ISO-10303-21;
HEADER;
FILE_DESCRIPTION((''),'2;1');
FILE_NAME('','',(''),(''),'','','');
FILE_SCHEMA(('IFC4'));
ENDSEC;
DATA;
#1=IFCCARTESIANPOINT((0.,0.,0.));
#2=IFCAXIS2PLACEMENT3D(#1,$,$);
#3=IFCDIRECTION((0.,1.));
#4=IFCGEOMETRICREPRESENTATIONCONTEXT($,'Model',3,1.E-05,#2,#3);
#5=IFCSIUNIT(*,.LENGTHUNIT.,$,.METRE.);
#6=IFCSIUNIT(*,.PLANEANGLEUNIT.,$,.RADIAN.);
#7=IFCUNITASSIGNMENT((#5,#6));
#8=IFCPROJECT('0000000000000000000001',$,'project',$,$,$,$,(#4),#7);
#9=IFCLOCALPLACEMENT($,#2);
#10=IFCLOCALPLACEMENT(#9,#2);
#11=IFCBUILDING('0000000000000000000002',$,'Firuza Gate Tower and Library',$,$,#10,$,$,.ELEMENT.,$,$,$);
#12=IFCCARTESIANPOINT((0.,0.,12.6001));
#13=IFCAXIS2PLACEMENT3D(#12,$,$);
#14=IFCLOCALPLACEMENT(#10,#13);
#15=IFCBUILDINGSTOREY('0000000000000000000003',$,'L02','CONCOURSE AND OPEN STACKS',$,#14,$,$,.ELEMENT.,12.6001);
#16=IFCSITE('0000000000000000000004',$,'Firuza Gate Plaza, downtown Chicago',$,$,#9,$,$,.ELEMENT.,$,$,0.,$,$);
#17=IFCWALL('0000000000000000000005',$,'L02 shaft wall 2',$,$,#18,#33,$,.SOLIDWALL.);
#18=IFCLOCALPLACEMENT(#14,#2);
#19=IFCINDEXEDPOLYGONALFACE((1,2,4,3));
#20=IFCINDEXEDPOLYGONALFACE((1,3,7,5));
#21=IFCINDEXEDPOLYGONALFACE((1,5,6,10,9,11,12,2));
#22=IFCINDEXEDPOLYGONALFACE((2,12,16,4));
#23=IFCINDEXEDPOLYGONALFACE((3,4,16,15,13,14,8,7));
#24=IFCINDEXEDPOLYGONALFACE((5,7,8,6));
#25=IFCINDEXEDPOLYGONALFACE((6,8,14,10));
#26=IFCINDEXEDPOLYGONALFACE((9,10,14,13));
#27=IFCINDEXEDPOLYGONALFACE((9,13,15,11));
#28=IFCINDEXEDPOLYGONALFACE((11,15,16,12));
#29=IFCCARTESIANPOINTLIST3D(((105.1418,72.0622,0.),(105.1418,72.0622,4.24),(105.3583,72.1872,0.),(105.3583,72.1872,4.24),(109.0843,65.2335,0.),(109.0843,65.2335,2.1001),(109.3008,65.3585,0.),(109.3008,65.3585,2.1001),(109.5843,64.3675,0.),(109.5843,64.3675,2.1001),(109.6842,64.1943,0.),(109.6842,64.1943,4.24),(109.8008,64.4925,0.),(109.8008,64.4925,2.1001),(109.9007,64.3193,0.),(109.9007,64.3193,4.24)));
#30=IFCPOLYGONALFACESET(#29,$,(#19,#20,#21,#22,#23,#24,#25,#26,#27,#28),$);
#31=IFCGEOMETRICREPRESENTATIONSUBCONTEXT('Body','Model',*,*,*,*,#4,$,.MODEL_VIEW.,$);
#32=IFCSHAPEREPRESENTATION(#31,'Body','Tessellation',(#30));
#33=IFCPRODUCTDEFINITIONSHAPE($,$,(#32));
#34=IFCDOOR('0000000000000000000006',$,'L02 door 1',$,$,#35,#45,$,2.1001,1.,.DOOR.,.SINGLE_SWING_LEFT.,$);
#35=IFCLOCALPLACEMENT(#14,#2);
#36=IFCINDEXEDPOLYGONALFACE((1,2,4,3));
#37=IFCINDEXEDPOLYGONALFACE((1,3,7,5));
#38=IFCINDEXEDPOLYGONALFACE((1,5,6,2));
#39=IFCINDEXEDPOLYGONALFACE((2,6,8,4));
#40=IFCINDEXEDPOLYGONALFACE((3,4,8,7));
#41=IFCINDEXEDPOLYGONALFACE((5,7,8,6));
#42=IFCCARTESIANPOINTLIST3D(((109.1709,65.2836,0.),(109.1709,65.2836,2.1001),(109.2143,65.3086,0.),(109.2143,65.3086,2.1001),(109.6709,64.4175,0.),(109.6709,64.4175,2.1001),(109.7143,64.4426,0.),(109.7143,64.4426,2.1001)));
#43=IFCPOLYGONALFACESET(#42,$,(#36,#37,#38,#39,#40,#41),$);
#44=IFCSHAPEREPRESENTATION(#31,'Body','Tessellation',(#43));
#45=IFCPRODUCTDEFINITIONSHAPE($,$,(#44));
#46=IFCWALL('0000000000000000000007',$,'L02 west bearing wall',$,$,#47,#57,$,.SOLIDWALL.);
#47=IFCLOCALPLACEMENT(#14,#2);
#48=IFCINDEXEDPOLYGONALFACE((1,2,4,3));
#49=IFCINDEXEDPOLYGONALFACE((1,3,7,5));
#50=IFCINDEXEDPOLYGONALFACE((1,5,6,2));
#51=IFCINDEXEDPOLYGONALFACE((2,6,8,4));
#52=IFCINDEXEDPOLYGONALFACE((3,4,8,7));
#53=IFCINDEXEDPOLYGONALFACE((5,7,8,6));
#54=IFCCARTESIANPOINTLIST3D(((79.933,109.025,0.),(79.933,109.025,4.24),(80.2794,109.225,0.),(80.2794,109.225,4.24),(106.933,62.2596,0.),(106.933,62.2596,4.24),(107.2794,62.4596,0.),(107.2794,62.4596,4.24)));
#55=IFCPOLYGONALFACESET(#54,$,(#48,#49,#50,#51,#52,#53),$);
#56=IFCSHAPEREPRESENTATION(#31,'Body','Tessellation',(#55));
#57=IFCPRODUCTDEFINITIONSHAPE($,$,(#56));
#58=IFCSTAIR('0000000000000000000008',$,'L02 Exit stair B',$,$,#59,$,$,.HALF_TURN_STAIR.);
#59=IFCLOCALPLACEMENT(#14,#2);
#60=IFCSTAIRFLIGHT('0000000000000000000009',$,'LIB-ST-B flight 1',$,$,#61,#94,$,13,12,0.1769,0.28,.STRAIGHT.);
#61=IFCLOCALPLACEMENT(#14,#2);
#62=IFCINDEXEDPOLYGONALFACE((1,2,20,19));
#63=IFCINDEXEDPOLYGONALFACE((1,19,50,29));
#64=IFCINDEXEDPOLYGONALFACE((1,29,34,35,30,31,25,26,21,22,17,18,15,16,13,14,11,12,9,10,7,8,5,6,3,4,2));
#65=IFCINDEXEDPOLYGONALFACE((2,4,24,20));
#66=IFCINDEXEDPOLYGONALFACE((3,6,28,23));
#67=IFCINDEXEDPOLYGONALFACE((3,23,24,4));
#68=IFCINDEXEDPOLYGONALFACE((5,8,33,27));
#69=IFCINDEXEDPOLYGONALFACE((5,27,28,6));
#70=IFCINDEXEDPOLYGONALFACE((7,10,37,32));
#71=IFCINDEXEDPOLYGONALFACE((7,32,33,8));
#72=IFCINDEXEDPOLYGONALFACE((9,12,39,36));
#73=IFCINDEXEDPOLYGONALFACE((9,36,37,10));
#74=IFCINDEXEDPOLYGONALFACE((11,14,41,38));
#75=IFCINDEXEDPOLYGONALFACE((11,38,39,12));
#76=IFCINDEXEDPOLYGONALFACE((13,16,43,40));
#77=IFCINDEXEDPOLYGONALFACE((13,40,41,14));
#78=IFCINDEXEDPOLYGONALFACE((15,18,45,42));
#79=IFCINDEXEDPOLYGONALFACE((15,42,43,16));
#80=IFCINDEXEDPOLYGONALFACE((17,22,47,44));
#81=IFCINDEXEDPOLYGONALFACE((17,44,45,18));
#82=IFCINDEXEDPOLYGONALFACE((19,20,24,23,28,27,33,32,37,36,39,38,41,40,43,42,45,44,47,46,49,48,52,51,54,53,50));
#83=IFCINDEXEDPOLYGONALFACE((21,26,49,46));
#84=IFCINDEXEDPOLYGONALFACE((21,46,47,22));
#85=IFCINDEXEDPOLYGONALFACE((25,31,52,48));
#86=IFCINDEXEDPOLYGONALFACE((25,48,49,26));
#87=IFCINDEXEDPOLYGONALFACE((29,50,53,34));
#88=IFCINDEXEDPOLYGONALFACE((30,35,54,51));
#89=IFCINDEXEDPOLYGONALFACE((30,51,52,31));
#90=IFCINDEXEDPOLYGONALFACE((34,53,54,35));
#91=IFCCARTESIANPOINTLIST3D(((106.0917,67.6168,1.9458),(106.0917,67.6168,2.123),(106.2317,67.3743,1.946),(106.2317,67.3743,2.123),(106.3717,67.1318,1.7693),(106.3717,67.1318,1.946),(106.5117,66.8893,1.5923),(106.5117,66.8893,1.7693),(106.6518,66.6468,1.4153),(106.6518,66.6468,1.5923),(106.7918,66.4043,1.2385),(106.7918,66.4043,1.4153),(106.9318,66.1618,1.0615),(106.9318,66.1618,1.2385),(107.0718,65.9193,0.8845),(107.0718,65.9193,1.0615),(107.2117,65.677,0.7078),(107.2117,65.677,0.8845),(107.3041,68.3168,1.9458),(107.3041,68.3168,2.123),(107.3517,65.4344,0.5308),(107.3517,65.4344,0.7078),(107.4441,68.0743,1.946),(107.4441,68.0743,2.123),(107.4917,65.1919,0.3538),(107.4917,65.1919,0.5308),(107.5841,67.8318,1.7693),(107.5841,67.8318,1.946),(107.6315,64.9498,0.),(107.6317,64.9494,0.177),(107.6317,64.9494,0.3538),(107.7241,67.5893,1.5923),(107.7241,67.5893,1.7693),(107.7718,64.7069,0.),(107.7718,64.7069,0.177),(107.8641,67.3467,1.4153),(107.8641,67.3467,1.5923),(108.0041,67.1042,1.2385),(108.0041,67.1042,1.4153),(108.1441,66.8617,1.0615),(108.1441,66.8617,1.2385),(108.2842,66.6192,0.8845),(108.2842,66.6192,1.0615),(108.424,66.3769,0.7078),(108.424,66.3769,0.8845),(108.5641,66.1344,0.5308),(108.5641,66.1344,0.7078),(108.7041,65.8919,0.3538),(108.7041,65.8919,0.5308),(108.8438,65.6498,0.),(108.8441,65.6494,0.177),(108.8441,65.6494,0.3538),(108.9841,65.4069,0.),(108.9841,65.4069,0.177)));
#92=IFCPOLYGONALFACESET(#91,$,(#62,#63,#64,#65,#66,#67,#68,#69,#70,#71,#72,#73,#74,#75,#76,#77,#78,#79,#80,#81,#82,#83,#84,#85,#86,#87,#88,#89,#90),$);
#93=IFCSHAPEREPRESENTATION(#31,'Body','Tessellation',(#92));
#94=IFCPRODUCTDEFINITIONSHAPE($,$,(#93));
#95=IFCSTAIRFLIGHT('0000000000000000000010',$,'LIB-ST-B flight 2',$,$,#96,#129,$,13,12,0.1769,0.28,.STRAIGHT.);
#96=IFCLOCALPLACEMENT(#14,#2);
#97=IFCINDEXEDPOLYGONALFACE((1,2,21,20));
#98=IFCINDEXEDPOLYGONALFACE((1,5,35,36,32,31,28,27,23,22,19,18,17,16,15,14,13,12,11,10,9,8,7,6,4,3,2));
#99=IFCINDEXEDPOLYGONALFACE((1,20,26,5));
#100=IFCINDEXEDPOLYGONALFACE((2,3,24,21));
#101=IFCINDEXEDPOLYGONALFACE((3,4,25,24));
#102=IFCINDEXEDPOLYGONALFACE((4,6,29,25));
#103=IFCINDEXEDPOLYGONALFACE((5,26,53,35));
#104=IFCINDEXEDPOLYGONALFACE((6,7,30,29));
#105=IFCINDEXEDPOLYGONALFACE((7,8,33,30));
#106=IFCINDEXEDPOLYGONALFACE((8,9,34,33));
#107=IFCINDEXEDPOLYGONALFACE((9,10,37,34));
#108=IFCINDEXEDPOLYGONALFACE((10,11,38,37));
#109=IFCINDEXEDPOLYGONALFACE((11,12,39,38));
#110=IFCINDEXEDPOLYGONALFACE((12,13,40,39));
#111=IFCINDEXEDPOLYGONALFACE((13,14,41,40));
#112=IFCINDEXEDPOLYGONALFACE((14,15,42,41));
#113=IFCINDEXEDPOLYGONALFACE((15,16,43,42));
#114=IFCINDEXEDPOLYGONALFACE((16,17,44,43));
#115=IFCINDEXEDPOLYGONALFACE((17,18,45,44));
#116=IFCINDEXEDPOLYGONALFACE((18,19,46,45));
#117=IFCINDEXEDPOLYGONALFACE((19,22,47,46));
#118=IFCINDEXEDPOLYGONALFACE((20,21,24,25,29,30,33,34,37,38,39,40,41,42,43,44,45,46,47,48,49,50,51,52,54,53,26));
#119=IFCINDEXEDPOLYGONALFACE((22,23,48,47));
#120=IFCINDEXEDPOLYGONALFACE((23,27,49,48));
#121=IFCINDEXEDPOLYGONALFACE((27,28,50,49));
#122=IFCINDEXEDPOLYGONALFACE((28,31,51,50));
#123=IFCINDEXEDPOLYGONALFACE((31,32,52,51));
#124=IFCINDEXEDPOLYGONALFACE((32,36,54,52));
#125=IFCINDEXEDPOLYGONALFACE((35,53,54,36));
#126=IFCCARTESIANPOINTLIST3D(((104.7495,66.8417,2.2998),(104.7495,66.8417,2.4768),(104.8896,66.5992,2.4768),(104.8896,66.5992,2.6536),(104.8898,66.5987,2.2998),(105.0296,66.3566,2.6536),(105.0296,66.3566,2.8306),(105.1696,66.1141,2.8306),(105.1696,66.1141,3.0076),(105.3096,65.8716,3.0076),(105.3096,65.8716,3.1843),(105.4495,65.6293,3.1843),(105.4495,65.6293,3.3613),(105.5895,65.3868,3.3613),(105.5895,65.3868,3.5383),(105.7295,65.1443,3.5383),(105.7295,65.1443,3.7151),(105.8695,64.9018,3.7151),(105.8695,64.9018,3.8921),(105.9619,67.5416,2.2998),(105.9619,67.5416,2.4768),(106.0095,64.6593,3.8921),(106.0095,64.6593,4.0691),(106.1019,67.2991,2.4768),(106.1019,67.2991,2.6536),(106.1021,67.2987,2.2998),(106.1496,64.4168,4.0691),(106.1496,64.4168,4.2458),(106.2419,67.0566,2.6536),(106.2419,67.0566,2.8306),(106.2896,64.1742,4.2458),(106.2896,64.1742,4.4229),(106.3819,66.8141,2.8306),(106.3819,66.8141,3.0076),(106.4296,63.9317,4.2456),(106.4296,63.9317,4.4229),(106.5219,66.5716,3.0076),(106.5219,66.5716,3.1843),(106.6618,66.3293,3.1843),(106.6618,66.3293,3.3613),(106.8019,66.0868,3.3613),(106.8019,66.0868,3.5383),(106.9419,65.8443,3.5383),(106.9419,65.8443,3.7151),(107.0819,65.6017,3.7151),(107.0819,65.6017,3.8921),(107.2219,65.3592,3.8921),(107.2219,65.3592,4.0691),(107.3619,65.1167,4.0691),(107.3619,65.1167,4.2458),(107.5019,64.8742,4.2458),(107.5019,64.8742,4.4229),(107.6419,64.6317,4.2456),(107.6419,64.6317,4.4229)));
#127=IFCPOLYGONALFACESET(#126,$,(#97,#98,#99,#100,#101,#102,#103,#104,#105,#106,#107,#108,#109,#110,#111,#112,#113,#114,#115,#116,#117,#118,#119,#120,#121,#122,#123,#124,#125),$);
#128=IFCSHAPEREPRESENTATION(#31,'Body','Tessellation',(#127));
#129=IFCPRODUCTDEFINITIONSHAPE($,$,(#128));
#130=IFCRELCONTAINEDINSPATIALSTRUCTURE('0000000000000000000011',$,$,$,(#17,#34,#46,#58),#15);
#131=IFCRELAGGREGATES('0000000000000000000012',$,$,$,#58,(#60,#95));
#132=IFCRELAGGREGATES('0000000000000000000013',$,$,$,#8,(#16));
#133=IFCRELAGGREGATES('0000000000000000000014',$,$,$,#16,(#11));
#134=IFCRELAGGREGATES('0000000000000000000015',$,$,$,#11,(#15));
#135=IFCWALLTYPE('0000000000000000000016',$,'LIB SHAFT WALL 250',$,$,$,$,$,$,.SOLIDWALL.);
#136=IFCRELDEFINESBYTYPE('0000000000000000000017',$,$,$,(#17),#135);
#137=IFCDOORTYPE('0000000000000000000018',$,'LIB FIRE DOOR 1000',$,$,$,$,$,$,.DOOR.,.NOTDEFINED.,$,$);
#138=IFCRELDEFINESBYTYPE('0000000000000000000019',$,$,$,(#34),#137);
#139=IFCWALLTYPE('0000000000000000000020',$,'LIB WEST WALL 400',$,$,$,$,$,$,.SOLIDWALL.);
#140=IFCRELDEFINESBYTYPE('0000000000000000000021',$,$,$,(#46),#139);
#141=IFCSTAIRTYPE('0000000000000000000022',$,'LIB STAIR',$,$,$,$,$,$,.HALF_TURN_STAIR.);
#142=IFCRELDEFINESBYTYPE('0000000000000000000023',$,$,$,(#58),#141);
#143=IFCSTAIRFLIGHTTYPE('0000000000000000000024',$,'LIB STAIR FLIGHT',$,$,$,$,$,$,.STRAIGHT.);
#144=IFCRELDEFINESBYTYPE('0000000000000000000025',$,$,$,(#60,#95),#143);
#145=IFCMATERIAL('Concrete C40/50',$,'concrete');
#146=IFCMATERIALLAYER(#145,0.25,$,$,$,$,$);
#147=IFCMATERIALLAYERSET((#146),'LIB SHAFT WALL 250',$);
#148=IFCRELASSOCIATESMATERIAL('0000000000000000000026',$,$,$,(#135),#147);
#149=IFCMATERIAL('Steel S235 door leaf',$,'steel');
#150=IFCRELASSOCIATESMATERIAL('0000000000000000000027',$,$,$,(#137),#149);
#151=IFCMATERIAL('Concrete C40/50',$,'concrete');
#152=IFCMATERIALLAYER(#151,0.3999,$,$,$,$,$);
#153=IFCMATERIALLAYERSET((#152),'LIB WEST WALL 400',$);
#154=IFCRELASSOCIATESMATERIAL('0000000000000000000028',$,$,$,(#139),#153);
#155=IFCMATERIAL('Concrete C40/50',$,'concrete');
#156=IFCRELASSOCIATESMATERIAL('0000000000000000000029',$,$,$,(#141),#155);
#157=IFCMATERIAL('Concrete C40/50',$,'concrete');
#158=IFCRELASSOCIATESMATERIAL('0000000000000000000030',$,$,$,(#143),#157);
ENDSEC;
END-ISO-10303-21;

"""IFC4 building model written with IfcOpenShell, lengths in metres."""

from ifc_helpers import new_model, si_unit, direction, frame, frame_2d, origin, place, context, subcontext, project, spatial, polyline, rectangle, outline, extrude, material, layer, layer_set, type_object, element, fill, aggregate, save


model = new_model("IFC4")

# Units and contexts
model_context = context("Model", 3, precision=1e-05, world=origin(), true_north=direction((0.0, 1.0)))
body_context = subcontext(model_context, "Body", "Model", "MODEL_VIEW")
ifc_project = project(units=[si_unit("LENGTHUNIT", "METRE"), si_unit("PLANEANGLEUNIT", "RADIAN")], contexts=[model_context])

# Site, building, storey
site_placement = place(None, origin())
site = spatial("IfcSite", under=ifc_project, at=site_placement, Name="Firuza Gate Plaza, downtown Chicago", CompositionType="ELEMENT", RefElevation=0.0)
building_placement = place(site_placement, origin())
building = spatial("IfcBuilding", under=site, at=building_placement, Name="Firuza Gate Tower and Library", CompositionType="ELEMENT")
storey_placement = place(building_placement, frame((0.0, 0.0, 12.6001)))
storey = spatial("IfcBuildingStorey", under=building, at=storey_placement, Name="L02", Description="CONCOURSE AND OPEN STACKS", CompositionType="ELEMENT", Elevation=12.6001)

# Shared definitions
placement = place(storey_placement, origin())

# Wall, opening, door
ifc_material_1 = material(Name="Concrete C40/50", Category="concrete")
ifc_layer_1 = layer(ifc_material_1, 0.25)
ifc_layer_set_1 = layer_set([ifc_layer_1], Name="LIB SHAFT WALL 250")
wall_type_1 = type_object("IfcWallType", Name="LIB SHAFT WALL 250", PredefinedType="SOLIDWALL", material=ifc_layer_set_1)
wall_1_placement = place(storey_placement, frame((109.7925, 64.2568, 0.0), z_axis=(0.0, 0.0, 1.0), x_axis=(-0.499995, 0.866029, 0.0)))
wall_1 = element("IfcWall", 1, at=wall_1_placement, inside=storey, type_object=wall_type_1, Name="L02 shaft wall 2", PredefinedType="SOLIDWALL", context=body_context, shape_type="SweptSolid", body=[
    extrude(rectangle(XDim=9.085, YDim=0.25, at=frame_2d((4.5425, 0.0))), origin(), (0.0, 0.0, 1.0), 4.24),
])
opening_placement = place(wall_1_placement, frame((0.2, 0.0, 0.0)))
opening = element("IfcOpeningElement", 2, at=opening_placement, cuts=wall_1, PredefinedType="OPENING", context=body_context, shape_type="SweptSolid", body=[
    extrude(rectangle(XDim=1.0, YDim=2.1001, at=frame_2d((0.5, 1.05))), frame((0.0, 0.135, 0.0), z_axis=(0.0, -1.0, 0.0), x_axis=(1.0, 0.0, 0.0)), (0.0, 0.0, 1.0), 0.27),
])
ifc_material_2 = material(Name="Steel S235 door leaf", Category="steel")
door_type = type_object("IfcDoorType", Name="LIB FIRE DOOR 1000", OperationType="NOTDEFINED", PredefinedType="DOOR", material=ifc_material_2)
door_placement = place(opening_placement, origin())
door = element("IfcDoor", 3, at=door_placement, inside=storey, type_object=door_type, Name="L02 door 1", OperationType="SINGLE_SWING_LEFT", OverallHeight=2.1001, OverallWidth=1.0, PredefinedType="DOOR", context=body_context, shape_type="SweptSolid", body=[
    extrude(rectangle(XDim=1.0, YDim=2.1001, at=frame_2d((0.5, 1.05))), frame((0.0, 0.0249, 0.0), z_axis=(0.0, -1.0, 0.0), x_axis=(1.0, 0.0, 0.0)), (0.0, 0.0, 1.0), 0.05),
])
fill(opening, door)

# Wall
ifc_material_3 = material(Name="Concrete C40/50", Category="concrete")
ifc_layer_2 = layer(ifc_material_3, 0.3999)
ifc_layer_set_2 = layer_set([ifc_layer_2], Name="LIB WEST WALL 400")
wall_type_2 = type_object("IfcWallType", Name="LIB WEST WALL 400", PredefinedType="SOLIDWALL", material=ifc_layer_set_2)
wall_2_placement = place(storey_placement, frame((107.1062, 62.3596, 0.0), z_axis=(0.0, 0.0, 1.0), x_axis=(-0.5, 0.866025, 0.0)))
element("IfcWall", 4, at=wall_2_placement, inside=storey, type_object=wall_type_2, Name="L02 west bearing wall", PredefinedType="SOLIDWALL", context=body_context, shape_type="SweptSolid", body=[
    extrude(rectangle(XDim=54.0, YDim=0.3999, at=frame_2d((27.0, 0.0))), origin(), (0.0, 0.0, 1.0), 4.24),
])

# Stair, stair flights
ifc_material_4 = material(Name="Concrete C40/50", Category="concrete")
stair_type = type_object("IfcStairType", Name="LIB STAIR", PredefinedType="HALF_TURN_STAIR", material=ifc_material_4)
stair = element("IfcStair", 5, at=placement, inside=storey, type_object=stair_type, Name="L02 Exit stair B", PredefinedType="HALF_TURN_STAIR")
ifc_material_5 = material(Name="Concrete C40/50", Category="concrete")
stair_flight_type = type_object("IfcStairFlightType", Name="LIB STAIR FLIGHT", PredefinedType="STRAIGHT", material=ifc_material_5)
stair_flight_1_placement = place(storey_placement, frame((108.3779, 65.0569, 0.0), z_axis=(0.0, 0.0, 1.0), x_axis=(-0.5, 0.866025, 0.0)))
stair_flight_1 = element("IfcStairFlight", 6, at=stair_flight_1_placement, type_object=stair_flight_type, Name="LIB-ST-B flight 1", NumberOfRisers=13, NumberOfTreads=12, PredefinedType="STRAIGHT", RiserHeight=0.1769, TreadLength=0.28, context=body_context, shape_type="SweptSolid", body=[
    extrude(outline(polyline([(0.0, 0.0), (0.0, 0.177), (0.28, 0.177), (0.28, 0.3538), (0.5601, 0.3538), (0.5601, 0.5308), (0.8401, 0.5308), (0.8401, 0.7078), (1.1201, 0.7078), (1.1201, 0.8845), (1.3999, 0.8845), (1.3999, 1.0615), (1.6799, 1.0615), (1.6799, 1.2385), (1.96, 1.2385), (1.96, 1.4153), (2.24, 1.4153), (2.24, 1.5923), (2.52, 1.5923), (2.52, 1.7693), (2.8, 1.7693), (2.8, 1.946), (3.0801, 1.946), (3.0801, 2.123), (3.3601, 2.123), (3.3601, 2.3), (3.3601, 1.9458), (0.2805, 0.0), (0.0, 0.0)])), frame((0.0, 0.7, 0.0), z_axis=(0.0, -1.0, 0.0), x_axis=(1.0, 0.0, 0.0)), (0.0, 0.0, 1.0), 1.3999),
])
stair_flight_2_placement = place(storey_placement, frame((105.3557, 67.1917, 2.2998), z_axis=(0.0, 0.0, 1.0), x_axis=(0.5, -0.866025, 0.0)))
stair_flight_2 = element("IfcStairFlight", 7, at=stair_flight_2_placement, type_object=stair_flight_type, Name="LIB-ST-B flight 2", NumberOfRisers=13, NumberOfTreads=12, PredefinedType="STRAIGHT", RiserHeight=0.1769, TreadLength=0.28, context=body_context, shape_type="SweptSolid", body=[
    extrude(outline(polyline([(0.0, 0.0), (0.0, 0.177), (0.28, 0.177), (0.28, 0.3538), (0.5601, 0.3538), (0.5601, 0.5308), (0.8401, 0.5308), (0.8401, 0.7078), (1.1201, 0.7078), (1.1201, 0.8845), (1.3999, 0.8845), (1.3999, 1.0615), (1.6799, 1.0615), (1.6799, 1.2385), (1.96, 1.2385), (1.96, 1.4153), (2.24, 1.4153), (2.24, 1.5923), (2.52, 1.5923), (2.52, 1.7693), (2.8, 1.7693), (2.8, 1.946), (3.0801, 1.946), (3.0801, 2.123), (3.3601, 2.123), (3.3601, 2.3), (3.3601, 1.9458), (0.2805, 0.0), (0.0, 0.0)])), frame((0.0, 0.7, 0.0), z_axis=(0.0, -1.0, 0.0), x_axis=(1.0, 0.0, 0.0)), (0.0, 0.0, 1.0), 1.3999),
])
aggregate(stair, [stair_flight_1, stair_flight_2])

save(model, "model.ifc")
